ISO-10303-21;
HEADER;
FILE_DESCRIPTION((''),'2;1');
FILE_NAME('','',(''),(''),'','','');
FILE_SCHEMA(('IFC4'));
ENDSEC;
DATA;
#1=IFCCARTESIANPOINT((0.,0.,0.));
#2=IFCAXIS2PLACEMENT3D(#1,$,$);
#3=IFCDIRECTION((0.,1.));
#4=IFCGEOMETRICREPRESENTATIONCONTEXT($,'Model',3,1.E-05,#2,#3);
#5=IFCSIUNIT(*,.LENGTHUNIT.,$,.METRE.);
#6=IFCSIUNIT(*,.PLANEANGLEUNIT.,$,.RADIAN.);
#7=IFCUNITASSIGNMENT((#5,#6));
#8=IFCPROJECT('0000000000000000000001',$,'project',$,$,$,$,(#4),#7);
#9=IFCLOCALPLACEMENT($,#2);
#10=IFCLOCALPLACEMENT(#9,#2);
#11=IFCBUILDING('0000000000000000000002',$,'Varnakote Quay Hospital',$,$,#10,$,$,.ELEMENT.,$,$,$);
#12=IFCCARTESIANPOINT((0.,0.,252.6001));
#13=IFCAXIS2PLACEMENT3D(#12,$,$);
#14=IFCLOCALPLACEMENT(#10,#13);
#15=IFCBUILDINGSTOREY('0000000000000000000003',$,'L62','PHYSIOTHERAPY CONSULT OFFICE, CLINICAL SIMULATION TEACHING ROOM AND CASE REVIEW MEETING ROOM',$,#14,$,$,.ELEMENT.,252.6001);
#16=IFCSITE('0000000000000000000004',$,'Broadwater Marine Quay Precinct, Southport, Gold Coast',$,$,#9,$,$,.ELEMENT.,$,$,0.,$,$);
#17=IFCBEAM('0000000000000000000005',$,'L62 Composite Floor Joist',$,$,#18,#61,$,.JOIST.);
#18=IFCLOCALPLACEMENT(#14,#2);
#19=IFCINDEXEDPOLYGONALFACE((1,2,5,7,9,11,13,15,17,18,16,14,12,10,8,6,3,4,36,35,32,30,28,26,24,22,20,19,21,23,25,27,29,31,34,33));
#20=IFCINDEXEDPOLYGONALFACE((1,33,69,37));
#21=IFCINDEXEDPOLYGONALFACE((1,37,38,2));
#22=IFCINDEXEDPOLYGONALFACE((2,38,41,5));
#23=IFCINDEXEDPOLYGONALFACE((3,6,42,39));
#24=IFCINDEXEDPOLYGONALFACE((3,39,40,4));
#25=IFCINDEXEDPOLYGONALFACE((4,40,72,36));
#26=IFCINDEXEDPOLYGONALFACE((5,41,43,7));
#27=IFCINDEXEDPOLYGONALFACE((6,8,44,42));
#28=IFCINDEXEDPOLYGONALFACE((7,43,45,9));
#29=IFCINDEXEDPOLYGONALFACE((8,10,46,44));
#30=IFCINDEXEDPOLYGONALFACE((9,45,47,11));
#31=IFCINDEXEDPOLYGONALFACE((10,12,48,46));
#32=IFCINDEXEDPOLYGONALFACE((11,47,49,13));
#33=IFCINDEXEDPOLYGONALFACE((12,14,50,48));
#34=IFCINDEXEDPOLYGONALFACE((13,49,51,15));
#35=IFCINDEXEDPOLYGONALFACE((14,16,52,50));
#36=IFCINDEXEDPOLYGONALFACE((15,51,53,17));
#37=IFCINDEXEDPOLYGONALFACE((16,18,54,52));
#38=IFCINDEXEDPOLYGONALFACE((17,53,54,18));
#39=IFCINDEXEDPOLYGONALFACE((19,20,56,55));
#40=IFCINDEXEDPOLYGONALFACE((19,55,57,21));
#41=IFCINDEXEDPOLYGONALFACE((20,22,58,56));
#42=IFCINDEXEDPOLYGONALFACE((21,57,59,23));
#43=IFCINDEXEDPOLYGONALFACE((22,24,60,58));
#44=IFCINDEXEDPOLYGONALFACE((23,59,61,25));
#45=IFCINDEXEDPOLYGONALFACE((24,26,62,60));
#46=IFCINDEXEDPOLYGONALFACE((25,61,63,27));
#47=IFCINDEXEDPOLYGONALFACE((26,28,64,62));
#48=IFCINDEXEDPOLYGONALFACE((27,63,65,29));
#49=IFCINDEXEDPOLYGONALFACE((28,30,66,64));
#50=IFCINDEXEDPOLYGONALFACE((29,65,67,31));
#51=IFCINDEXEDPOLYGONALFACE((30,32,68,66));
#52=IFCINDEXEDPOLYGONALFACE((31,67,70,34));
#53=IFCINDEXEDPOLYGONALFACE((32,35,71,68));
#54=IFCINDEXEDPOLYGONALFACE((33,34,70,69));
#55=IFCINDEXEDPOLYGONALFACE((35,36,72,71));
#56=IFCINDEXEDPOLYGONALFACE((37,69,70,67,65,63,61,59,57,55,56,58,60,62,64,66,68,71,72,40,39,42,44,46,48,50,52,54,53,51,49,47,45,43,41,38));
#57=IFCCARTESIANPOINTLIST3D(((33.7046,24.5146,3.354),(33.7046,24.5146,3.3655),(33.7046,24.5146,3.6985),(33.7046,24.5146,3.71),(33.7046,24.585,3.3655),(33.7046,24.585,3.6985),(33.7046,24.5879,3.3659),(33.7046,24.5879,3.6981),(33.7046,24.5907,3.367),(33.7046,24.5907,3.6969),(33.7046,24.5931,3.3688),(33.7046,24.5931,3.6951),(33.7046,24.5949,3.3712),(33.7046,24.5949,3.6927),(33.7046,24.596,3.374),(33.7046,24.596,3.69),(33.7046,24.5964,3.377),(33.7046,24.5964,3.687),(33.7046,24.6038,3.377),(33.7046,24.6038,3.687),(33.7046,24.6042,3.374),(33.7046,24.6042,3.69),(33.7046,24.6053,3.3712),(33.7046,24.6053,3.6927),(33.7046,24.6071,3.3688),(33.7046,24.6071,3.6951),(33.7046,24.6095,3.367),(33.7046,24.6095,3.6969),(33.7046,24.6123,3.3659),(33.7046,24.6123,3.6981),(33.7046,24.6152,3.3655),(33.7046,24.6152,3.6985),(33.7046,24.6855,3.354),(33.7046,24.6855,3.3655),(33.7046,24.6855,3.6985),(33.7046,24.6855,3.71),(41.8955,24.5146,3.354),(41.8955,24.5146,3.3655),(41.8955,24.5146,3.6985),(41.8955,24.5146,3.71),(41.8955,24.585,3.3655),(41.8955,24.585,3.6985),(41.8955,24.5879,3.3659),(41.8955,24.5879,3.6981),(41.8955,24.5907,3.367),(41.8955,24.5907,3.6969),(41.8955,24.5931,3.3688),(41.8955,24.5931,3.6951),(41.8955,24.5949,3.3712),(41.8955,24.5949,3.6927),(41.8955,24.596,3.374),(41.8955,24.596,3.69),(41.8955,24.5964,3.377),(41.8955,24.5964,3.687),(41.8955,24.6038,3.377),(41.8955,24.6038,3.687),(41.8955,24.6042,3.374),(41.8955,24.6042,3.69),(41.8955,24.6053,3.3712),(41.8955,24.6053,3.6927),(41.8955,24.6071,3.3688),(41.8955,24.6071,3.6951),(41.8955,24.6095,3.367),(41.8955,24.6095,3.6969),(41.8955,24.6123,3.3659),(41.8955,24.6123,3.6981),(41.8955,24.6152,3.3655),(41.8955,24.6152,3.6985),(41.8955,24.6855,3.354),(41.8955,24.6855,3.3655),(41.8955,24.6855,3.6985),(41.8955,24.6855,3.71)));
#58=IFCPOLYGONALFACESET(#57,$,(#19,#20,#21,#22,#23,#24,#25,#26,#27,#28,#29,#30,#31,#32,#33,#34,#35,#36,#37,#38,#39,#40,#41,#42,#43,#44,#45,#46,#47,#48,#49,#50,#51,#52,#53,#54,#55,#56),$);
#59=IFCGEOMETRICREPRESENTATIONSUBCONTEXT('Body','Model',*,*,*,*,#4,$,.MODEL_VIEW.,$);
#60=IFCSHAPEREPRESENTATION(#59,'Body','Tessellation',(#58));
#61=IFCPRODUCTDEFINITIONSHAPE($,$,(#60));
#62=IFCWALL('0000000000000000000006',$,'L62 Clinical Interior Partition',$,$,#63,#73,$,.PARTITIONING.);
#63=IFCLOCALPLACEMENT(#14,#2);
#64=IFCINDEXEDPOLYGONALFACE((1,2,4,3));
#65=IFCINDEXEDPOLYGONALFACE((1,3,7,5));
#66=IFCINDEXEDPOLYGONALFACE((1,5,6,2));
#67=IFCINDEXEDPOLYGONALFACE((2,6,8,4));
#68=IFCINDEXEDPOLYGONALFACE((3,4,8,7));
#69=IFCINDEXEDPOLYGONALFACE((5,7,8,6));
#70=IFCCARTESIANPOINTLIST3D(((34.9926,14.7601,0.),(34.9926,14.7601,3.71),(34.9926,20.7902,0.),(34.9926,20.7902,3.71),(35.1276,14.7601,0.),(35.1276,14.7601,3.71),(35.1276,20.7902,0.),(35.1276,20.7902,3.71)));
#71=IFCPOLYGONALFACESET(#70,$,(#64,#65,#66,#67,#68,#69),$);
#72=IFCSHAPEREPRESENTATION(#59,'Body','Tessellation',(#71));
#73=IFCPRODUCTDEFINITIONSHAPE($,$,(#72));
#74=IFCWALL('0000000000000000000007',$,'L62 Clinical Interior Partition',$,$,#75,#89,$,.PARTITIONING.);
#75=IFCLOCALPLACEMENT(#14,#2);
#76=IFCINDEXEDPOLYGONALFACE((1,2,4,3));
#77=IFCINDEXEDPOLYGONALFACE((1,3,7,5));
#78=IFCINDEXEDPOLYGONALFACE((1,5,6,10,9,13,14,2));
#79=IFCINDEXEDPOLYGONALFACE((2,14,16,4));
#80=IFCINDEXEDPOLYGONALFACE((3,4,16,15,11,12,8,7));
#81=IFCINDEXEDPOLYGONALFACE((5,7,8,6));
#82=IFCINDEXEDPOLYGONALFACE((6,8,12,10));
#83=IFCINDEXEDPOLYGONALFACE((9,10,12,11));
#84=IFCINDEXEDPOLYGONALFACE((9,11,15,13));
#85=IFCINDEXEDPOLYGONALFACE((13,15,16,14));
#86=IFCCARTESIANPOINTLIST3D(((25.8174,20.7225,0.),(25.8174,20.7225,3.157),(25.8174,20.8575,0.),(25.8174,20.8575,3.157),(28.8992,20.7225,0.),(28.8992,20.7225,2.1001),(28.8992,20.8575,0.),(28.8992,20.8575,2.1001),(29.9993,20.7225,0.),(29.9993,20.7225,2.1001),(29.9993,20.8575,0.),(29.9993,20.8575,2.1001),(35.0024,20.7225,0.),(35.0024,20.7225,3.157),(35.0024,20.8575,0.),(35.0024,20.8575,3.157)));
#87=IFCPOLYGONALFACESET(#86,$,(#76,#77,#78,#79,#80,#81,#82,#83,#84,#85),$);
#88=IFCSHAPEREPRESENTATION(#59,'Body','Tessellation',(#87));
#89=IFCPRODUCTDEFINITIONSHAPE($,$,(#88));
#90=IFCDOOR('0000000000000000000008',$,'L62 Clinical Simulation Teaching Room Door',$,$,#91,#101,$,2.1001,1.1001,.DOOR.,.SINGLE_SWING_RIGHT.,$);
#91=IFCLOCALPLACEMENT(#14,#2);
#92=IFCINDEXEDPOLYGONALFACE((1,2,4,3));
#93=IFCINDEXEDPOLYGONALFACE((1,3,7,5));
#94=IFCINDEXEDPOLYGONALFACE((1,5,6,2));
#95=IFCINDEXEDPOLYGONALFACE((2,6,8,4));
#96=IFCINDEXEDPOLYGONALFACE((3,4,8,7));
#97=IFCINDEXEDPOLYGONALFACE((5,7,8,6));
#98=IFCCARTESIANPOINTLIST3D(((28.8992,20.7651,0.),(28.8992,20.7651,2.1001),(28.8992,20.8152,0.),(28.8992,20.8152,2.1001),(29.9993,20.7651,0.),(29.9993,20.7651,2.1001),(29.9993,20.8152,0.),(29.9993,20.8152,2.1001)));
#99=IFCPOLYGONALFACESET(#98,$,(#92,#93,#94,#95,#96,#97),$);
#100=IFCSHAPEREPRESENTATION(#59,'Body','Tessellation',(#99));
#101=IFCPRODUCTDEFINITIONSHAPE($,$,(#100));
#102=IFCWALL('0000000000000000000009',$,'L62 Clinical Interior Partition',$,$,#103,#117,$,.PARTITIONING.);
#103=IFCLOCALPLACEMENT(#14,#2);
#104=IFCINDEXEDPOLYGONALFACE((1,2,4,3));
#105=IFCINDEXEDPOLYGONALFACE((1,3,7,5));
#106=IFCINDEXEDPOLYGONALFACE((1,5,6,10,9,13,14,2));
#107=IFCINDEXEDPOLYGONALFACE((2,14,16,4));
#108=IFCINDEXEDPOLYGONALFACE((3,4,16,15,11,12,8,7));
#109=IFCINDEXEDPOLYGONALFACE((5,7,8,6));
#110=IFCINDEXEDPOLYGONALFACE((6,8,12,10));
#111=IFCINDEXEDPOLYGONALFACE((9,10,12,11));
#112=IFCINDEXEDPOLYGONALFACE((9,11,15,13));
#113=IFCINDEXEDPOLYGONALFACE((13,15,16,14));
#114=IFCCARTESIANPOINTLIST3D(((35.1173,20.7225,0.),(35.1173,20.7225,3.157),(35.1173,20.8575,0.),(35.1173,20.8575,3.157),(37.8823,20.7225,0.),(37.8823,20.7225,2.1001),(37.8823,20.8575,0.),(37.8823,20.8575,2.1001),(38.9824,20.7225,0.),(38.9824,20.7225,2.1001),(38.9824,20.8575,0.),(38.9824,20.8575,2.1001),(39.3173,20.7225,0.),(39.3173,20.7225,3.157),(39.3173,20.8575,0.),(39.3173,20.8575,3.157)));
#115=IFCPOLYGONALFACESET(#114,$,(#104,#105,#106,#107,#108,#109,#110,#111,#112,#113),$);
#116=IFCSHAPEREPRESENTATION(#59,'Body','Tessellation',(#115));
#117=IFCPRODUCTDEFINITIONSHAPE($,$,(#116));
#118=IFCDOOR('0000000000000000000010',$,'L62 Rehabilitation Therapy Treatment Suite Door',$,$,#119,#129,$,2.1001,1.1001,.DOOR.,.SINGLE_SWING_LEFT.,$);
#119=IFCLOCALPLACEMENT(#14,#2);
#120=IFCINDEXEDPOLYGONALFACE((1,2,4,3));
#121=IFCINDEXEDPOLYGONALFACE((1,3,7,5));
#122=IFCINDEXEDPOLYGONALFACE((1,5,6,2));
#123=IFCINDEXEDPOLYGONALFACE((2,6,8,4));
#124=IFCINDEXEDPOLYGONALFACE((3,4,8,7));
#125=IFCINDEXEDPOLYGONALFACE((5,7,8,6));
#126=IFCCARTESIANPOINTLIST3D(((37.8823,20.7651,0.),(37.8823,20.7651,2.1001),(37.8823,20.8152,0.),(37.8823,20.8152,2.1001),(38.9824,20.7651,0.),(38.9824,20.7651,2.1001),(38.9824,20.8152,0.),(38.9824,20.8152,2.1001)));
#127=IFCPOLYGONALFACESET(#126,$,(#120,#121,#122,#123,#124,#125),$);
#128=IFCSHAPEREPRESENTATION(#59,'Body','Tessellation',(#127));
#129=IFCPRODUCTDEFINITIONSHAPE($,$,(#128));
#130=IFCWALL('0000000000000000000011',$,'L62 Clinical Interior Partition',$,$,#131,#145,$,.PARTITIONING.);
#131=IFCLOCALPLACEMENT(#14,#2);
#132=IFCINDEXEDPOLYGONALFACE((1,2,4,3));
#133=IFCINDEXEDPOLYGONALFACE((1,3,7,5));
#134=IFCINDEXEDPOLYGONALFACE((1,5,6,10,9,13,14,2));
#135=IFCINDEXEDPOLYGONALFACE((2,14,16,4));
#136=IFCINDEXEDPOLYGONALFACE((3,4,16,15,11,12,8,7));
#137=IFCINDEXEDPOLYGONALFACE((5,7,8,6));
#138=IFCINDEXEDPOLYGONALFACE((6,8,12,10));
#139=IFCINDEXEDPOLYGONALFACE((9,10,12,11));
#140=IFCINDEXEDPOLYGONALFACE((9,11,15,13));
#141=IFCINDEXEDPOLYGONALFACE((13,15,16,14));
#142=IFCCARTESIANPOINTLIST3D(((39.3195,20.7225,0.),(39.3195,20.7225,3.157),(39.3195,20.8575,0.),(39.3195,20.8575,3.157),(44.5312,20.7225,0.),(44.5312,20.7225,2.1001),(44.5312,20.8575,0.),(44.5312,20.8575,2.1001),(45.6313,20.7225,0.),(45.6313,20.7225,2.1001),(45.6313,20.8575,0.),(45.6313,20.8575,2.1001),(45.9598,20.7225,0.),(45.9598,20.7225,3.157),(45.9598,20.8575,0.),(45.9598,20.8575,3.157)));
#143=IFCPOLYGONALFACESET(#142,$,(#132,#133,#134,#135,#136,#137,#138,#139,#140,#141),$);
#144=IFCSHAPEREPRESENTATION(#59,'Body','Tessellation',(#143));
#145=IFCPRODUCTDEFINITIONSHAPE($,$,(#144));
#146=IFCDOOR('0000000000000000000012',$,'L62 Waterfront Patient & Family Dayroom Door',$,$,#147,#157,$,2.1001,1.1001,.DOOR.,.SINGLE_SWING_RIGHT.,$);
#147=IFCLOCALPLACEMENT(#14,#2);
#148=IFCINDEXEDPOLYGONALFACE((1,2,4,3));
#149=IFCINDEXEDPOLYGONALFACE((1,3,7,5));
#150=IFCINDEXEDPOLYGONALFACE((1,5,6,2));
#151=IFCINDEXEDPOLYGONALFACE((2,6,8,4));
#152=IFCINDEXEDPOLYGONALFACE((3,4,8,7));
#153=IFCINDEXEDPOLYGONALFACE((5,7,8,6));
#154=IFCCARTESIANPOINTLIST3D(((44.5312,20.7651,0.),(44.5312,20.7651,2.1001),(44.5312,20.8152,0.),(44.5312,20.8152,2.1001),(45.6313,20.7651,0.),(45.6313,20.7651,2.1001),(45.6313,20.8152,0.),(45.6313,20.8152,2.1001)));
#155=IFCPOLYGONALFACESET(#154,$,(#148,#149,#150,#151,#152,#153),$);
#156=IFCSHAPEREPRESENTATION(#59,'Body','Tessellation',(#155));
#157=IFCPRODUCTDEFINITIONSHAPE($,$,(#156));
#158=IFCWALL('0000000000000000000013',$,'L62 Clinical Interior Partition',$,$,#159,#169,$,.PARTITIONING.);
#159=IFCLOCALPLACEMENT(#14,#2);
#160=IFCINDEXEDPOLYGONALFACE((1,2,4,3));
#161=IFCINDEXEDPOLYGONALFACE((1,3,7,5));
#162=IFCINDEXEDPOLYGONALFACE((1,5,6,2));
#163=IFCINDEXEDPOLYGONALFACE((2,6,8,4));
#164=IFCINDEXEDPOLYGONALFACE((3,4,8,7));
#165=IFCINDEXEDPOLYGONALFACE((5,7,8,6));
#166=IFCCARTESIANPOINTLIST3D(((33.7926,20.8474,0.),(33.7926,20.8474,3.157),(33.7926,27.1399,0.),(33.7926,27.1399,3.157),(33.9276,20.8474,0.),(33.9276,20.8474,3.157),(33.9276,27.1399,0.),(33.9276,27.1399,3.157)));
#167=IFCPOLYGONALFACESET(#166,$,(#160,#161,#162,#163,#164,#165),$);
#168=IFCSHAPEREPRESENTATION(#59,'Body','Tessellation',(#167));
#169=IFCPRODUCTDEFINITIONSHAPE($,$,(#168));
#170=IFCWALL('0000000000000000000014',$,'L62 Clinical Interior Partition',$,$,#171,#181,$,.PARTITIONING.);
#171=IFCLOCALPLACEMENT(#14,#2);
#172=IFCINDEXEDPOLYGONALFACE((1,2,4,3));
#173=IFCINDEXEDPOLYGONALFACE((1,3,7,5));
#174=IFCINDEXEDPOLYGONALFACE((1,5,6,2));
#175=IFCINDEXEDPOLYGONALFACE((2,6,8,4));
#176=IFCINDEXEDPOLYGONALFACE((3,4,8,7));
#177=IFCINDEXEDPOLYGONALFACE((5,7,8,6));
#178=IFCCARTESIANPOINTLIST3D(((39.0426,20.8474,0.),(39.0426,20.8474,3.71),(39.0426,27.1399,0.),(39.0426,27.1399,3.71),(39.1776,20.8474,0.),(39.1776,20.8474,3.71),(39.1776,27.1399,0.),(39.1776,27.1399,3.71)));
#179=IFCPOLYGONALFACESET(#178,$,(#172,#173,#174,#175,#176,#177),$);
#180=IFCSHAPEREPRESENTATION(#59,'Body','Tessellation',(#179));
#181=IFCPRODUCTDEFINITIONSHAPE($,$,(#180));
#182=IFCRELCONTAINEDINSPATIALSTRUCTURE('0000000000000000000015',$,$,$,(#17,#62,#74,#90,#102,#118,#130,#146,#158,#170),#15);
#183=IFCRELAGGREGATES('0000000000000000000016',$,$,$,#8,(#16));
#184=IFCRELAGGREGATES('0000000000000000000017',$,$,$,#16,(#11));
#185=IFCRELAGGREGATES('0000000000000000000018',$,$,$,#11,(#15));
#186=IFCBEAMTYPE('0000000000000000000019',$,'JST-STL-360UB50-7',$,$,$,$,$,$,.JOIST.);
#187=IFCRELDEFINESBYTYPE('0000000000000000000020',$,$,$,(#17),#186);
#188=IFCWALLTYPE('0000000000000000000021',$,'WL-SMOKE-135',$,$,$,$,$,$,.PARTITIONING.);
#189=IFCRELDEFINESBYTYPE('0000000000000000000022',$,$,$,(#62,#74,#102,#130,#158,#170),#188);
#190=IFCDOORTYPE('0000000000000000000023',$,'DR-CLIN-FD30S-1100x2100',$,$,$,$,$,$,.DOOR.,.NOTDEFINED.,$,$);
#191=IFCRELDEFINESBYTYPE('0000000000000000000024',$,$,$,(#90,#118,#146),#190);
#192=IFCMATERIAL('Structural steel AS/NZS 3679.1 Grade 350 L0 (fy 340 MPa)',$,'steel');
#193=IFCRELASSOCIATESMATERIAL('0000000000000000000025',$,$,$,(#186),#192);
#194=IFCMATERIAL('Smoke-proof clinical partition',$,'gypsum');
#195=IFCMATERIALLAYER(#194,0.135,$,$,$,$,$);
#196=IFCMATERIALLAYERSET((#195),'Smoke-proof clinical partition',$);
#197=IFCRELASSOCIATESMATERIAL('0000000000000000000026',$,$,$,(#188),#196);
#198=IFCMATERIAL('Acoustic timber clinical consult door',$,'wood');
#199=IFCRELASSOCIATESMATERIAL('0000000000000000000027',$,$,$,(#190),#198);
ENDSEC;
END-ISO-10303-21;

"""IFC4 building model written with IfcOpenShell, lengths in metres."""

from ifc_helpers import new_model, si_unit, direction, frame, frame_2d, origin, origin_2d, place, context, subcontext, project, spatial, rectangle, i_section, extrude, material, layer, layer_set, material_profile, profile_set, type_object, element, fill, save


model = new_model("IFC4")

# Units and contexts
model_context = context("Model", 3, precision=1e-05, world=origin(), true_north=direction((0.0, 1.0)))
body_context = subcontext(model_context, "Body", "Model", "MODEL_VIEW")
ifc_project = project(units=[si_unit("LENGTHUNIT", "METRE"), si_unit("PLANEANGLEUNIT", "RADIAN")], contexts=[model_context])

# Site, building, storey
site_placement = place(None, origin())
site = spatial("IfcSite", under=ifc_project, at=site_placement, Name="Broadwater Marine Quay Precinct, Southport, Gold Coast", CompositionType="ELEMENT", RefElevation=0.0)
building_placement = place(site_placement, origin())
building = spatial("IfcBuilding", under=site, at=building_placement, Name="Varnakote Quay Hospital", CompositionType="ELEMENT")
storey_placement = place(building_placement, frame((0.0, 0.0, 252.6001)))
storey = spatial("IfcBuildingStorey", under=building, at=storey_placement, Name="L62", Description="PHYSIOTHERAPY CONSULT OFFICE, CLINICAL SIMULATION TEACHING ROOM AND CASE REVIEW MEETING ROOM", CompositionType="ELEMENT", Elevation=252.6001)

# Beam
ifc_material_1 = material(Name="Structural steel AS/NZS 3679.1 Grade 350 L0 (fy 340 MPa)", Category="steel")
ifc_material_profile_1 = material_profile(ifc_material_1, i_section(OverallWidth=0.1709, OverallDepth=0.356, WebThickness=0.0073, FlangeThickness=0.0115, FilletRadius=0.0115, at=origin_2d()), Name="360UB50.7")
ifc_profile_set_1 = profile_set([ifc_material_profile_1], Name="Structural steel AS/NZS 3679.1 Grade 350 L0 (fy 340 MPa)")
beam_type_1 = type_object("IfcBeamType", Name="JST-STL-360UB50-7", PredefinedType="JOIST", material=ifc_profile_set_1)
for number, where, z_axis, x_axis, name in (
    (1, (33.7046, 24.6001, 3.532), (1.0, 0.0, 0.0), (0.0, 1.0, 0.0), "L62 Composite Floor Joist"),
):
    element("IfcBeam", number, at=place(storey_placement, frame(where, z_axis=z_axis, x_axis=x_axis)), inside=storey, type_object=beam_type_1, Name=name, PredefinedType="JOIST", context=body_context, shape_type="SweptSolid", body=[
        extrude(i_section(OverallWidth=0.1709, OverallDepth=0.356, WebThickness=0.0073, FlangeThickness=0.0115, FilletRadius=0.0115, at=origin_2d()), origin(), (0.0, 0.0, 1.0), 8.1909),
    ])

# Wall
ifc_material_2 = material(Name="Smoke-proof clinical partition", Category="gypsum")
ifc_layer_1 = layer(ifc_material_2, 0.135)
ifc_layer_set_1 = layer_set([ifc_layer_1], Name="Smoke-proof clinical partition")
wall_type_1 = type_object("IfcWallType", Name="WL-SMOKE-135", PredefinedType="PARTITIONING", material=ifc_layer_set_1)
wall_1_placement = place(storey_placement, frame((35.0601, 14.76, 0.0), z_axis=(0.0, 0.0, 1.0), x_axis=(0.0, 1.0, 0.0)))
element("IfcWall", 2, at=wall_1_placement, inside=storey, type_object=wall_type_1, Name="L62 Clinical Interior Partition", PredefinedType="PARTITIONING", context=body_context, shape_type="SweptSolid", body=[
    extrude(rectangle(XDim=6.03, YDim=0.135, at=frame_2d((3.0151, 0.0))), origin(), (0.0, 0.0, 1.0), 3.71),
])

# Walls, openings, doors
wall_2_placement = place(storey_placement, frame((35.0024, 20.79, 0.0), z_axis=(0.0, 0.0, 1.0), x_axis=(-1.0, 0.0, 0.0)))
wall_2 = element("IfcWall", 3, at=wall_2_placement, inside=storey, type_object=wall_type_1, Name="L62 Clinical Interior Partition", PredefinedType="PARTITIONING", context=body_context, shape_type="SweptSolid", body=[
    extrude(rectangle(XDim=9.1851, YDim=0.135, at=frame_2d((4.5925, 0.0))), origin(), (0.0, 0.0, 1.0), 3.157),
])
opening_1_placement = place(wall_2_placement, frame((5.0032, 0.0, 0.0)))
opening_1 = element("IfcOpeningElement", 4, at=opening_1_placement, cuts=wall_2, PredefinedType="OPENING", context=body_context, shape_type="SweptSolid", body=[
    extrude(rectangle(XDim=1.1001, YDim=2.1001, at=frame_2d((0.55, 1.05))), frame((0.0, 0.0774, 0.0), z_axis=(0.0, -1.0, 0.0), x_axis=(1.0, 0.0, 0.0)), (0.0, 0.0, 1.0), 0.155),
])
ifc_material_3 = material(Name="Acoustic timber clinical consult door", Category="wood")
door_type = type_object("IfcDoorType", Name="DR-CLIN-FD30S-1100x2100", OperationType="NOTDEFINED", PredefinedType="DOOR", material=ifc_material_3)
door_1_placement = place(opening_1_placement, origin())
door_1 = element("IfcDoor", 5, at=door_1_placement, inside=storey, type_object=door_type, Name="L62 Clinical Simulation Teaching Room Door", OperationType="SINGLE_SWING_RIGHT", OverallHeight=2.1001, OverallWidth=1.1001, PredefinedType="DOOR", context=body_context, shape_type="SweptSolid", body=[
    extrude(rectangle(XDim=1.1001, YDim=2.1001, at=frame_2d((0.55, 1.05))), frame((0.0, 0.0249, 0.0), z_axis=(0.0, -1.0, 0.0), x_axis=(1.0, 0.0, 0.0)), (0.0, 0.0, 1.0), 0.05),
])
fill(opening_1, door_1)
wall_3_placement = place(storey_placement, frame((39.3174, 20.79, 0.0), z_axis=(0.0, 0.0, 1.0), x_axis=(-1.0, 0.0, 0.0)))
wall_3 = element("IfcWall", 6, at=wall_3_placement, inside=storey, type_object=wall_type_1, Name="L62 Clinical Interior Partition", PredefinedType="PARTITIONING", context=body_context, shape_type="SweptSolid", body=[
    extrude(rectangle(XDim=4.2, YDim=0.135, at=frame_2d((2.1001, 0.0))), origin(), (0.0, 0.0, 1.0), 3.157),
])
opening_2_placement = place(wall_3_placement, frame((0.335, 0.0, 0.0)))
opening_2 = element("IfcOpeningElement", 7, at=opening_2_placement, cuts=wall_3, PredefinedType="OPENING", context=body_context, shape_type="SweptSolid", body=[
    extrude(rectangle(XDim=1.1001, YDim=2.1001, at=frame_2d((0.55, 1.05))), frame((0.0, 0.0774, 0.0), z_axis=(0.0, -1.0, 0.0), x_axis=(1.0, 0.0, 0.0)), (0.0, 0.0, 1.0), 0.155),
])
door_2_placement = place(opening_2_placement, origin())
door_2 = element("IfcDoor", 8, at=door_2_placement, inside=storey, type_object=door_type, Name="L62 Rehabilitation Therapy Treatment Suite Door", OperationType="SINGLE_SWING_LEFT", OverallHeight=2.1001, OverallWidth=1.1001, PredefinedType="DOOR", context=body_context, shape_type="SweptSolid", body=[
    extrude(rectangle(XDim=1.1001, YDim=2.1001, at=frame_2d((0.55, 1.05))), frame((0.0, 0.0249, 0.0), z_axis=(0.0, -1.0, 0.0), x_axis=(1.0, 0.0, 0.0)), (0.0, 0.0, 1.0), 0.05),
])
fill(opening_2, door_2)
wall_4_placement = place(storey_placement, frame((45.96, 20.79, 0.0), z_axis=(0.0, 0.0, 1.0), x_axis=(-1.0, 0.0, 0.0)))
wall_4 = element("IfcWall", 9, at=wall_4_placement, inside=storey, type_object=wall_type_1, Name="L62 Clinical Interior Partition", PredefinedType="PARTITIONING", context=body_context, shape_type="SweptSolid", body=[
    extrude(rectangle(XDim=6.6404, YDim=0.135, at=frame_2d((3.3203, 0.0))), origin(), (0.0, 0.0, 1.0), 3.157),
])
opening_3_placement = place(wall_4_placement, frame((0.3286, 0.0, 0.0)))
opening_3 = element("IfcOpeningElement", 10, at=opening_3_placement, cuts=wall_4, PredefinedType="OPENING", context=body_context, shape_type="SweptSolid", body=[
    extrude(rectangle(XDim=1.1001, YDim=2.1001, at=frame_2d((0.55, 1.05))), frame((0.0, 0.0774, 0.0), z_axis=(0.0, -1.0, 0.0), x_axis=(1.0, 0.0, 0.0)), (0.0, 0.0, 1.0), 0.155),
])
door_3_placement = place(opening_3_placement, origin())
door_3 = element("IfcDoor", 11, at=door_3_placement, inside=storey, type_object=door_type, Name="L62 Waterfront Patient & Family Dayroom Door", OperationType="SINGLE_SWING_RIGHT", OverallHeight=2.1001, OverallWidth=1.1001, PredefinedType="DOOR", context=body_context, shape_type="SweptSolid", body=[
    extrude(rectangle(XDim=1.1001, YDim=2.1001, at=frame_2d((0.55, 1.05))), frame((0.0, 0.0249, 0.0), z_axis=(0.0, -1.0, 0.0), x_axis=(1.0, 0.0, 0.0)), (0.0, 0.0, 1.0), 0.05),
])
fill(opening_3, door_3)

# Walls
wall_5_placement = place(storey_placement, frame((33.8601, 20.8474, 0.0), z_axis=(0.0, 0.0, 1.0), x_axis=(0.0, 1.0, 0.0)))
element("IfcWall", 12, at=wall_5_placement, inside=storey, type_object=wall_type_1, Name="L62 Clinical Interior Partition", PredefinedType="PARTITIONING", context=body_context, shape_type="SweptSolid", body=[
    extrude(rectangle(XDim=6.2925, YDim=0.135, at=frame_2d((3.1462, 0.0))), origin(), (0.0, 0.0, 1.0), 3.157),
])
wall_6_placement = place(storey_placement, frame((39.1101, 20.8474, 0.0), z_axis=(0.0, 0.0, 1.0), x_axis=(0.0, 1.0, 0.0)))
element("IfcWall", 13, at=wall_6_placement, inside=storey, type_object=wall_type_1, Name="L62 Clinical Interior Partition", PredefinedType="PARTITIONING", context=body_context, shape_type="SweptSolid", body=[
    extrude(rectangle(XDim=6.2925, YDim=0.135, at=frame_2d((3.1462, 0.0))), origin(), (0.0, 0.0, 1.0), 3.71),
])

save(model, "model.ifc")
